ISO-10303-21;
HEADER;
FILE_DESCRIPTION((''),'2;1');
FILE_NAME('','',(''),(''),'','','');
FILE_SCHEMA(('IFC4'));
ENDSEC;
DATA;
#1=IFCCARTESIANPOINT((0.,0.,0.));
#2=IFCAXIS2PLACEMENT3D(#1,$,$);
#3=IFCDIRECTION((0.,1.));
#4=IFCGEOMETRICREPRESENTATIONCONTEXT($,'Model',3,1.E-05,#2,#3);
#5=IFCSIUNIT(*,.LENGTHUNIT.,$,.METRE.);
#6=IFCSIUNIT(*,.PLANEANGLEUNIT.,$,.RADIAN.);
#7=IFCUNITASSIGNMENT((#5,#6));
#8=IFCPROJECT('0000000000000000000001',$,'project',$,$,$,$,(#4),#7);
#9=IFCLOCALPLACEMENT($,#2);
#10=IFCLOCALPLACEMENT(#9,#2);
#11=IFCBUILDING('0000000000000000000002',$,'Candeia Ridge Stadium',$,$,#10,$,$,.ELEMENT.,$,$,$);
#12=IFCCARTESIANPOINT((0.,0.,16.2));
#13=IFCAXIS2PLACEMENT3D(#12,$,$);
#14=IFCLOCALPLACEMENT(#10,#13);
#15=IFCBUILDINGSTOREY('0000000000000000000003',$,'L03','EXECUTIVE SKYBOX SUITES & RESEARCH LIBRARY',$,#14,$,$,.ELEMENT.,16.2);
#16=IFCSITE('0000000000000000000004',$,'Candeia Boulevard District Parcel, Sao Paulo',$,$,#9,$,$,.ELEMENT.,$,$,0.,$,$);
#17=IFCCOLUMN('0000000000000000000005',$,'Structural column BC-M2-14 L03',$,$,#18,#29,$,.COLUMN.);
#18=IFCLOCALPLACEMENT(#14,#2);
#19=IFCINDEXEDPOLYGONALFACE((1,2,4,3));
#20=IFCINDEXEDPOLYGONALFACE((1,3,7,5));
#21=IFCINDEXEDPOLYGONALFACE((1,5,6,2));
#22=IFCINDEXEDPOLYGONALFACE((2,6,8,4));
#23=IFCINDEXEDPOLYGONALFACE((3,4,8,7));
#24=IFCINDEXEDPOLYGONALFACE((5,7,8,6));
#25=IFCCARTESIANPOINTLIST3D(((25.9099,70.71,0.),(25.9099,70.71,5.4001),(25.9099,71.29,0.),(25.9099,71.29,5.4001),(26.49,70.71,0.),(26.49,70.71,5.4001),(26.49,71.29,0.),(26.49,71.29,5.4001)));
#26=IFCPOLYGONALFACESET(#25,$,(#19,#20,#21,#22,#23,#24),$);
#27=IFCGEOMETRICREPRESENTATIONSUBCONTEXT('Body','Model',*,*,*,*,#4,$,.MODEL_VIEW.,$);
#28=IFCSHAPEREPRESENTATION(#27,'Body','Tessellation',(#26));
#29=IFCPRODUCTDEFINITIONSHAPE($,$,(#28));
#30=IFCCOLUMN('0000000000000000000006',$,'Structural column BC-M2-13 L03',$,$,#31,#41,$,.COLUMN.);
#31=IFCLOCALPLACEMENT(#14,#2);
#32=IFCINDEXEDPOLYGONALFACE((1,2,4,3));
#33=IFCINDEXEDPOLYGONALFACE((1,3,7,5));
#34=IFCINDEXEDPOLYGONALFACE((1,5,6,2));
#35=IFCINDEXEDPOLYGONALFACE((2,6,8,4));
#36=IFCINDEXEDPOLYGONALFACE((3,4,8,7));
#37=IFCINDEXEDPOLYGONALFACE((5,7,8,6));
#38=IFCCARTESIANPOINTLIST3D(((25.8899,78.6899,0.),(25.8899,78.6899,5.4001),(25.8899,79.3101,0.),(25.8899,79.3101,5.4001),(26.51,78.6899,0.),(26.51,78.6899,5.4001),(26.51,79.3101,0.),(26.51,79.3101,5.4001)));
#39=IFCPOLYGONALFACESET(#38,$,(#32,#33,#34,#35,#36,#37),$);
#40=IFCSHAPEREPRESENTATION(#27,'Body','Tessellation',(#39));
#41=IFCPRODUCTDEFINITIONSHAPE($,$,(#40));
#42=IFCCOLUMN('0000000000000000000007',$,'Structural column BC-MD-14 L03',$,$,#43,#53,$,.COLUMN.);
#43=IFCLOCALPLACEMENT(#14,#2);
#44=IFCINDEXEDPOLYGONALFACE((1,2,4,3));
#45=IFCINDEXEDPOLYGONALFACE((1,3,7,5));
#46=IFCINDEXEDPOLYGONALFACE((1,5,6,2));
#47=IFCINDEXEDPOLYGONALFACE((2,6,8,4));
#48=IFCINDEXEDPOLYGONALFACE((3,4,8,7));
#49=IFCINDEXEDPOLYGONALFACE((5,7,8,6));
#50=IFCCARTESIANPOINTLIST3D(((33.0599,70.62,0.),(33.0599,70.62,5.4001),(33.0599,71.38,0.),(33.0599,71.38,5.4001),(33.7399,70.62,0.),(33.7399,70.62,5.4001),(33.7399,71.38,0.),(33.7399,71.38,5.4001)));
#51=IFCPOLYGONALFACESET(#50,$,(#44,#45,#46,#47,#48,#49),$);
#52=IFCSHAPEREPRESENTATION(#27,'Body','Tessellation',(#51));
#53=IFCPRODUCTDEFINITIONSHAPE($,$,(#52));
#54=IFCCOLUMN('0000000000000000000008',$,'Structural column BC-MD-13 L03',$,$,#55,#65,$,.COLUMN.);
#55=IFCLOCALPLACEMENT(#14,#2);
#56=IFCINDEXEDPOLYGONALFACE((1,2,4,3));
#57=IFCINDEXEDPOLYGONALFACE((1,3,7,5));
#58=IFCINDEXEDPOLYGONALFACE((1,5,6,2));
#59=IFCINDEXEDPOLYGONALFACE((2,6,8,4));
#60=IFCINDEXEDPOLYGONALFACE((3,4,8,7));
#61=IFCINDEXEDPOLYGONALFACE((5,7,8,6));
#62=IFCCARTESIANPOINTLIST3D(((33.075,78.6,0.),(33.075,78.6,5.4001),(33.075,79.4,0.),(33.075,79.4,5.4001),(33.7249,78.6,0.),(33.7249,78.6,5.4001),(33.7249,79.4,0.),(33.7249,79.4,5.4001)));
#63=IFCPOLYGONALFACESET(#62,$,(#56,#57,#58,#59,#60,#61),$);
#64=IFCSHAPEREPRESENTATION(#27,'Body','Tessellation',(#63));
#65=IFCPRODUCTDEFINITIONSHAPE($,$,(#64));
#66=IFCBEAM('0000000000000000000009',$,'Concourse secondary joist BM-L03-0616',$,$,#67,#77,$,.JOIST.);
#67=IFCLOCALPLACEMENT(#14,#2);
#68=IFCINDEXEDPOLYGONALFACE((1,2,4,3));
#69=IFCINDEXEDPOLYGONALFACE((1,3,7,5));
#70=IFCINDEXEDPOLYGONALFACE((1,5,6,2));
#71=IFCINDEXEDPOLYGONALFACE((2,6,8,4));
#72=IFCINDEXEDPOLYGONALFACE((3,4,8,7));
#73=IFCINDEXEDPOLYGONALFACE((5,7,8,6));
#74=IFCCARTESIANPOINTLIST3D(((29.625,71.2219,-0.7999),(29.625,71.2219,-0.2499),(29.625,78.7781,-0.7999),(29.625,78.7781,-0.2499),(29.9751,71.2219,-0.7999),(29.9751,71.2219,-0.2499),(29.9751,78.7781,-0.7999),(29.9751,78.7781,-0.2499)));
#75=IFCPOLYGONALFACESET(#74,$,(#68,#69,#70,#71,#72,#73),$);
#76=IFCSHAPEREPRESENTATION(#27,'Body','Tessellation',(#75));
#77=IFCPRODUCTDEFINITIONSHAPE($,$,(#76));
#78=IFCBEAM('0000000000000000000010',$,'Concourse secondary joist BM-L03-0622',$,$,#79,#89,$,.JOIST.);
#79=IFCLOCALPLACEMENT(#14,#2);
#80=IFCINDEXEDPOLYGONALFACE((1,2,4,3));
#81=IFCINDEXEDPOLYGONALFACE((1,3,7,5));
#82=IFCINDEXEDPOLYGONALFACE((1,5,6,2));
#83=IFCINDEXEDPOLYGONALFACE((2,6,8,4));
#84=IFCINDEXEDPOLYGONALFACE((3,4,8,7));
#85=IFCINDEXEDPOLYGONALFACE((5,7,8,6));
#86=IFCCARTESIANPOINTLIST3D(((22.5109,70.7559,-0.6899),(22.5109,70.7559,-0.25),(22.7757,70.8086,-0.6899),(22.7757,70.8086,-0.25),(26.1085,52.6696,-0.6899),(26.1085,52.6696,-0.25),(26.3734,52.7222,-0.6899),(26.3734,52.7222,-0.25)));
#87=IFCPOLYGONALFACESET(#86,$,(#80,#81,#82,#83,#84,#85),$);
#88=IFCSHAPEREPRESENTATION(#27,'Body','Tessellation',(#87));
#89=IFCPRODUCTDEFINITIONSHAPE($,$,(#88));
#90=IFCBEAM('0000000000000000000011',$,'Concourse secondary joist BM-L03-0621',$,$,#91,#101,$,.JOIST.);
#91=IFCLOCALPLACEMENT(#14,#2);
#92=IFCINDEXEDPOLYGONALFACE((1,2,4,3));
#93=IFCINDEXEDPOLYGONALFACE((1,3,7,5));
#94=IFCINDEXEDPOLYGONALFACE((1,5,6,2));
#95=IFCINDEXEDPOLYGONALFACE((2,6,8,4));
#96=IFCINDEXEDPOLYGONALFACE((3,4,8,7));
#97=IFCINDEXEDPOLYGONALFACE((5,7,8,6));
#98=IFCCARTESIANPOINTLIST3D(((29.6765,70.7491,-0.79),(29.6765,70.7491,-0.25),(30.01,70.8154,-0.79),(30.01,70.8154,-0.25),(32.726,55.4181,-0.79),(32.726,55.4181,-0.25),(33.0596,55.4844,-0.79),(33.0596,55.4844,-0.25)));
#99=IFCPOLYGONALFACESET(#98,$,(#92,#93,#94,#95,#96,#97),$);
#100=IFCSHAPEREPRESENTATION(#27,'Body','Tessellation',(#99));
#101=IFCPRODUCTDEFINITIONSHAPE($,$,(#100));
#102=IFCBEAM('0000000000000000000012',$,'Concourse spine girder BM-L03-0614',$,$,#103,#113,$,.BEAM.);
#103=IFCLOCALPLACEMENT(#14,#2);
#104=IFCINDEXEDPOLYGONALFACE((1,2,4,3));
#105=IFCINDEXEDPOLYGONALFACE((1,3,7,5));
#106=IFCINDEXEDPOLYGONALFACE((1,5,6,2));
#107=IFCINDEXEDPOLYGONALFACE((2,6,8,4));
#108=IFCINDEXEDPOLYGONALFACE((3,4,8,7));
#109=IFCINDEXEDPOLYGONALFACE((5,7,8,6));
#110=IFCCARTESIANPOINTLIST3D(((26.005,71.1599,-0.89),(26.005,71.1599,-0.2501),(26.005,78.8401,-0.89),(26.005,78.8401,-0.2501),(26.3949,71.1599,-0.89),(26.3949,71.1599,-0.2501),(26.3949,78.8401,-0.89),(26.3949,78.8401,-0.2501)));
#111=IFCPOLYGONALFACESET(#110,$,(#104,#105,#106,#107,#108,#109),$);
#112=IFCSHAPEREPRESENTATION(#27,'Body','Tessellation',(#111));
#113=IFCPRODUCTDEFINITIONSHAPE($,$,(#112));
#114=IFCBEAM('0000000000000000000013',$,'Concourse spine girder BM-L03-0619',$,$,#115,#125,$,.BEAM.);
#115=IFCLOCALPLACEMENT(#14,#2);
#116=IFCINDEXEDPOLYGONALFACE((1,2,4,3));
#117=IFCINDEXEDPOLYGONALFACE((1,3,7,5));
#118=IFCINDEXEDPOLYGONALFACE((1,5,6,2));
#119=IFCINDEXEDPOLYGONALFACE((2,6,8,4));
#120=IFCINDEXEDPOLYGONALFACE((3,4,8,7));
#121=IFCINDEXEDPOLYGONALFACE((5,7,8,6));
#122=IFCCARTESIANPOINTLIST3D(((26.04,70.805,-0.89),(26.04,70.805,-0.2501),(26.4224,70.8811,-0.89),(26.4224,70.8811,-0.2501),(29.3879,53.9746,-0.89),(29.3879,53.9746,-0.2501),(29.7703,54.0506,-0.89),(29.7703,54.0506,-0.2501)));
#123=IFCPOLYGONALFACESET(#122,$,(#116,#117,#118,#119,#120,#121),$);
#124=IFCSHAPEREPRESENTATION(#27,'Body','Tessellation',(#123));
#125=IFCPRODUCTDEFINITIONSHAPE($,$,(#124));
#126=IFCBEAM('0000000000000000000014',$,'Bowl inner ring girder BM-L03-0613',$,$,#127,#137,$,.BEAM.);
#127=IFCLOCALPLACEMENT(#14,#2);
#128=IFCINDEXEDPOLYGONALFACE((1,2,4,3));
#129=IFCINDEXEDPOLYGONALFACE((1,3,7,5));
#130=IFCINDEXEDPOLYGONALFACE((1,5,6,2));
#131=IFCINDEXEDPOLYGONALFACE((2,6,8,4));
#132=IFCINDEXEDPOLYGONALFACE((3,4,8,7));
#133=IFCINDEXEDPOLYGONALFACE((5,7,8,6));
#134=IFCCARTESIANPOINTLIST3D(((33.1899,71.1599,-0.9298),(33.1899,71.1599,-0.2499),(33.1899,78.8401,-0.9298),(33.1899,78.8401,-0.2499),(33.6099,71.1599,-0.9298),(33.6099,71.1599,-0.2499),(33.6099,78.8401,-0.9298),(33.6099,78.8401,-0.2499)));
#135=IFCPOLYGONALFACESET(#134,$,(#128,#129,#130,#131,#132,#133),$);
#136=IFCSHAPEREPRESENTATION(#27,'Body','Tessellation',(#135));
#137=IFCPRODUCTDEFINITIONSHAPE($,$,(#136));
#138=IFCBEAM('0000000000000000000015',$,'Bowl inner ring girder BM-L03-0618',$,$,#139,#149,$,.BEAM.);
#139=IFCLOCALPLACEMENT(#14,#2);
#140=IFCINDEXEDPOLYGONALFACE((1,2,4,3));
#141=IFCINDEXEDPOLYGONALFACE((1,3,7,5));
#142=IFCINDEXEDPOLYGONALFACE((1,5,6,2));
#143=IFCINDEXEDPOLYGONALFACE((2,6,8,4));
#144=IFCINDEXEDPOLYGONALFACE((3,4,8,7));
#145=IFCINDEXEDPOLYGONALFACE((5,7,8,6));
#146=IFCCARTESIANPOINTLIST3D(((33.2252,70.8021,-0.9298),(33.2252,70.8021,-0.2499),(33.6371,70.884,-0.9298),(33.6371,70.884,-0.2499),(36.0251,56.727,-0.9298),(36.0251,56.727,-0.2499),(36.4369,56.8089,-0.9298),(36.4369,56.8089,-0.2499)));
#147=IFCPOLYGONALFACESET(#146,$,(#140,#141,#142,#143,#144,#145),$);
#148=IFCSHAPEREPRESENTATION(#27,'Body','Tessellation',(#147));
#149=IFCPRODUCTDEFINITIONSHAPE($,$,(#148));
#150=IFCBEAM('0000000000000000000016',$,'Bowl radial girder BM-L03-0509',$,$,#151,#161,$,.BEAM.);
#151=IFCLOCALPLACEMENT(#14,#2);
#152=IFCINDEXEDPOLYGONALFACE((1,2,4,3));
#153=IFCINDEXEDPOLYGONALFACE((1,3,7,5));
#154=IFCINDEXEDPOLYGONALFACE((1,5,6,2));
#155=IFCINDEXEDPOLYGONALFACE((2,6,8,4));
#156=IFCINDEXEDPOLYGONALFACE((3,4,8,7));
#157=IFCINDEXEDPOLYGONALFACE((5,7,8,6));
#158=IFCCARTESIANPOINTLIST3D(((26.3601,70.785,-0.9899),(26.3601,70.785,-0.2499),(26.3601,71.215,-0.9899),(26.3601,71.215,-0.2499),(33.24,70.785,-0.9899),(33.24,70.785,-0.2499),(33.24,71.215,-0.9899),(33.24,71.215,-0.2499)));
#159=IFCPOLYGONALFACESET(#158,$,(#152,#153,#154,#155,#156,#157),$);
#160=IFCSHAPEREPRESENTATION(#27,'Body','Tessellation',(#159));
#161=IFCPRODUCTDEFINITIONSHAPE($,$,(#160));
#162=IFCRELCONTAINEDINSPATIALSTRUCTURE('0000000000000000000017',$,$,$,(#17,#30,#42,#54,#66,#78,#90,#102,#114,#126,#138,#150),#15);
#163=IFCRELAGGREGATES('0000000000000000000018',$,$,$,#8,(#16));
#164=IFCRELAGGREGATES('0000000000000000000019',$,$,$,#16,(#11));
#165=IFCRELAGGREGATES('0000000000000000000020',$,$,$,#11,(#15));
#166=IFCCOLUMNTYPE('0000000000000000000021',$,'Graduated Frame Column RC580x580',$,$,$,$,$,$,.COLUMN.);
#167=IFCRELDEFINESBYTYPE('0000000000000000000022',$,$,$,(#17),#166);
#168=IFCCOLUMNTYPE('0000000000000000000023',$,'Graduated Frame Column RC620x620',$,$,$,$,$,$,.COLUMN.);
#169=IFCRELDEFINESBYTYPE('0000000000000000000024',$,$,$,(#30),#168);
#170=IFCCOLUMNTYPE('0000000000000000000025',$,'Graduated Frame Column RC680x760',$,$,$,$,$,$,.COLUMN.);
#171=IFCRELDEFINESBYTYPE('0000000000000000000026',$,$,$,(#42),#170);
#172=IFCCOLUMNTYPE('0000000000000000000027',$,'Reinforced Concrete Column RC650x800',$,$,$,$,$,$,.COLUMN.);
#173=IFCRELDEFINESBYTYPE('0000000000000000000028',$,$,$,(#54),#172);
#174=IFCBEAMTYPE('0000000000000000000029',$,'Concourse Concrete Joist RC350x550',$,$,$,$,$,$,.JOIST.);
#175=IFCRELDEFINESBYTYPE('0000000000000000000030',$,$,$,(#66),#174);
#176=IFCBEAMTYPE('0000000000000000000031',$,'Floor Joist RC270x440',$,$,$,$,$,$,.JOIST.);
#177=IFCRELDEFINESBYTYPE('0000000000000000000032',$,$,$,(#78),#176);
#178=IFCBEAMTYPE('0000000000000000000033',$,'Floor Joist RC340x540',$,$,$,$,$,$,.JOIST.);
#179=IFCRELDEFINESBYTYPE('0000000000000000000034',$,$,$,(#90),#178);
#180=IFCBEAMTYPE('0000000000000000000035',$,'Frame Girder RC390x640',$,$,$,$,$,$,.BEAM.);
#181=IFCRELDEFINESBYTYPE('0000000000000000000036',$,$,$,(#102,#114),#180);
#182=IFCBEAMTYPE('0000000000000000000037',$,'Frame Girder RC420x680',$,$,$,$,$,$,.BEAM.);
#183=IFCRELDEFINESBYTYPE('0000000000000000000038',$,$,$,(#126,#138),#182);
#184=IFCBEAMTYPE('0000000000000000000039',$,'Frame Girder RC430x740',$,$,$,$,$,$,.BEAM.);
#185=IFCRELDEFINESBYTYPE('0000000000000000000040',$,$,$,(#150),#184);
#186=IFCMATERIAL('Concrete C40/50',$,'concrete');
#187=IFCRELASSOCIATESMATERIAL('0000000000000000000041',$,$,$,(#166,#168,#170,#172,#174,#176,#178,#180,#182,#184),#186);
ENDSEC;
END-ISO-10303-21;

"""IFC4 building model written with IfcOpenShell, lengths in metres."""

from ifc_helpers import new_model, si_unit, direction, frame, origin, origin_2d, place, context, subcontext, project, spatial, rectangle, extrude, material, material_profile, profile_set, type_object, element, save


model = new_model("IFC4")

# Units and contexts
model_context = context("Model", 3, precision=1e-05, world=origin(), true_north=direction((0.0, 1.0)))
body_context = subcontext(model_context, "Body", "Model", "MODEL_VIEW")
ifc_project = project(units=[si_unit("LENGTHUNIT", "METRE"), si_unit("PLANEANGLEUNIT", "RADIAN")], contexts=[model_context])

# Site, building, storey
site_placement = place(None, origin())
site = spatial("IfcSite", under=ifc_project, at=site_placement, Name="Candeia Boulevard District Parcel, Sao Paulo", CompositionType="ELEMENT", RefElevation=0.0)
building_placement = place(site_placement, origin())
building = spatial("IfcBuilding", under=site, at=building_placement, Name="Candeia Ridge Stadium", CompositionType="ELEMENT")
storey_placement = place(building_placement, frame((0.0, 0.0, 16.2)))
storey = spatial("IfcBuildingStorey", under=building, at=storey_placement, Name="L03", Description="EXECUTIVE SKYBOX SUITES & RESEARCH LIBRARY", CompositionType="ELEMENT", Elevation=16.2)

# Columns
ifc_material_1 = material(Name="Concrete C40/50", Category="concrete")
ifc_material_profile_1 = material_profile(ifc_material_1, rectangle(XDim=0.5801, YDim=0.5801, at=origin_2d()), Name="RC580x580", Category="concrete")
ifc_profile_set_1 = profile_set([ifc_material_profile_1], Name="Concrete C40/50")
column_type_1 = type_object("IfcColumnType", Name="Graduated Frame Column RC580x580", PredefinedType="COLUMN", material=ifc_profile_set_1)
column_1_placement = place(storey_placement, frame((26.2, 71.0, 0.0), z_axis=(0.0, 0.0, 1.0), x_axis=(1.0, 0.0, 0.0)))
element("IfcColumn", 1, at=column_1_placement, inside=storey, type_object=column_type_1, Name="Structural column BC-M2-14 L03", PredefinedType="COLUMN", context=body_context, shape_type="SweptSolid", body=[
    extrude(rectangle(XDim=0.5801, YDim=0.5801, at=origin_2d()), origin(), (0.0, 0.0, 1.0), 5.4001),
])
ifc_material_profile_2 = material_profile(ifc_material_1, rectangle(XDim=0.6201, YDim=0.6201, at=origin_2d()), Name="RC620x620", Category="concrete")
ifc_profile_set_2 = profile_set([ifc_material_profile_2], Name="Concrete C40/50")
column_type_2 = type_object("IfcColumnType", Name="Graduated Frame Column RC620x620", PredefinedType="COLUMN", material=ifc_profile_set_2)
column_2_placement = place(storey_placement, frame((26.2, 79.0, 0.0), z_axis=(0.0, 0.0, 1.0), x_axis=(1.0, 0.0, 0.0)))
element("IfcColumn", 2, at=column_2_placement, inside=storey, type_object=column_type_2, Name="Structural column BC-M2-13 L03", PredefinedType="COLUMN", context=body_context, shape_type="SweptSolid", body=[
    extrude(rectangle(XDim=0.6201, YDim=0.6201, at=origin_2d()), origin(), (0.0, 0.0, 1.0), 5.4001),
])
ifc_material_profile_3 = material_profile(ifc_material_1, rectangle(XDim=0.6799, YDim=0.76, at=origin_2d()), Name="RC680x760", Category="concrete")
ifc_profile_set_3 = profile_set([ifc_material_profile_3], Name="Concrete C40/50")
column_type_3 = type_object("IfcColumnType", Name="Graduated Frame Column RC680x760", PredefinedType="COLUMN", material=ifc_profile_set_3)
column_3_placement = place(storey_placement, frame((33.3999, 71.0, 0.0), z_axis=(0.0, 0.0, 1.0), x_axis=(1.0, 0.0, 0.0)))
element("IfcColumn", 3, at=column_3_placement, inside=storey, type_object=column_type_3, Name="Structural column BC-MD-14 L03", PredefinedType="COLUMN", context=body_context, shape_type="SweptSolid", body=[
    extrude(rectangle(XDim=0.6799, YDim=0.76, at=origin_2d()), origin(), (0.0, 0.0, 1.0), 5.4001),
])
ifc_material_profile_4 = material_profile(ifc_material_1, rectangle(XDim=0.6499, YDim=0.8, at=origin_2d()), Name="RC650x800", Category="concrete")
ifc_profile_set_4 = profile_set([ifc_material_profile_4], Name="Concrete C40/50")
column_type_4 = type_object("IfcColumnType", Name="Reinforced Concrete Column RC650x800", PredefinedType="COLUMN", material=ifc_profile_set_4)
column_4_placement = place(storey_placement, frame((33.3999, 79.0, 0.0), z_axis=(0.0, 0.0, 1.0), x_axis=(1.0, 0.0, 0.0)))
element("IfcColumn", 4, at=column_4_placement, inside=storey, type_object=column_type_4, Name="Structural column BC-MD-13 L03", PredefinedType="COLUMN", context=body_context, shape_type="SweptSolid", body=[
    extrude(rectangle(XDim=0.6499, YDim=0.8, at=origin_2d()), origin(), (0.0, 0.0, 1.0), 5.4001),
])

# Beams
ifc_material_profile_5 = material_profile(ifc_material_1, rectangle(XDim=0.3501, YDim=0.55, at=origin_2d()), Name="RC350x550", Category="concrete")
ifc_profile_set_5 = profile_set([ifc_material_profile_5], Name="Concrete C40/50")
beam_type_1 = type_object("IfcBeamType", Name="Concourse Concrete Joist RC350x550", PredefinedType="JOIST", material=ifc_profile_set_5)
beam_1_placement = place(storey_placement, frame((29.8, 78.7781, -0.5249), z_axis=(0.0, -1.0, 0.0), x_axis=(1.0, 0.0, 0.0)))
element("IfcBeam", 5, at=beam_1_placement, inside=storey, type_object=beam_type_1, Name="Concourse secondary joist BM-L03-0616", PredefinedType="JOIST", context=body_context, shape_type="SweptSolid", body=[
    extrude(rectangle(XDim=0.3501, YDim=0.55, at=origin_2d()), origin(), (0.0, 0.0, 1.0), 7.5562),
])
ifc_material_profile_6 = material_profile(ifc_material_1, rectangle(XDim=0.27, YDim=0.4399, at=origin_2d()), Name="RC270x440", Category="concrete")
ifc_profile_set_6 = profile_set([ifc_material_profile_6], Name="Concrete C40/50")
beam_type_2 = type_object("IfcBeamType", Name="Floor Joist RC270x440", PredefinedType="JOIST", material=ifc_profile_set_6)
beam_2_placement = place(storey_placement, frame((22.6433, 70.7822, -0.47), z_axis=(0.195093, -0.980785, 0.0), x_axis=(0.980785, 0.195093, 0.0)))
element("IfcBeam", 6, at=beam_2_placement, inside=storey, type_object=beam_type_2, Name="Concourse secondary joist BM-L03-0622", PredefinedType="JOIST", context=body_context, shape_type="SweptSolid", body=[
    extrude(rectangle(XDim=0.27, YDim=0.4399, at=origin_2d()), origin(), (0.0, 0.0, 1.0), 18.4407),
])
ifc_material_profile_7 = material_profile(ifc_material_1, rectangle(XDim=0.3401, YDim=0.54, at=origin_2d()), Name="RC340x540", Category="concrete")
ifc_profile_set_7 = profile_set([ifc_material_profile_7], Name="Concrete C40/50")
beam_type_3 = type_object("IfcBeamType", Name="Floor Joist RC340x540", PredefinedType="JOIST", material=ifc_profile_set_7)
beam_3_placement = place(storey_placement, frame((29.8433, 70.7822, -0.52), z_axis=(0.195092, -0.980785, 0.0), x_axis=(0.980785, 0.195092, 0.0)))
element("IfcBeam", 7, at=beam_3_placement, inside=storey, type_object=beam_type_3, Name="Concourse secondary joist BM-L03-0621", PredefinedType="JOIST", context=body_context, shape_type="SweptSolid", body=[
    extrude(rectangle(XDim=0.3401, YDim=0.54, at=origin_2d()), origin(), (0.0, 0.0, 1.0), 15.6313),
])
ifc_material_profile_8 = material_profile(ifc_material_1, rectangle(XDim=0.3899, YDim=0.6399, at=origin_2d()), Name="RC390x640", Category="concrete")
ifc_profile_set_8 = profile_set([ifc_material_profile_8], Name="Concrete C40/50")
beam_type_4 = type_object("IfcBeamType", Name="Frame Girder RC390x640", PredefinedType="BEAM", material=ifc_profile_set_8)
beam_4_placement = place(storey_placement, frame((26.2, 78.8401, -0.5701), z_axis=(0.0, -1.0, 0.0), x_axis=(1.0, 0.0, 0.0)))
element("IfcBeam", 8, at=beam_4_placement, inside=storey, type_object=beam_type_4, Name="Concourse spine girder BM-L03-0614", PredefinedType="BEAM", context=body_context, shape_type="SweptSolid", body=[
    extrude(rectangle(XDim=0.3899, YDim=0.6399, at=origin_2d()), origin(), (0.0, 0.0, 1.0), 7.6802),
])
beam_5_placement = place(storey_placement, frame((26.2312, 70.843, -0.5701), z_axis=(0.195098, -0.980784, 0.0), x_axis=(0.980784, 0.195098, 0.0)))
element("IfcBeam", 9, at=beam_5_placement, inside=storey, type_object=beam_type_4, Name="Concourse spine girder BM-L03-0619", PredefinedType="BEAM", context=body_context, shape_type="SweptSolid", body=[
    extrude(rectangle(XDim=0.3899, YDim=0.6399, at=origin_2d()), origin(), (0.0, 0.0, 1.0), 17.1602),
])
ifc_material_profile_9 = material_profile(ifc_material_1, rectangle(XDim=0.4199, YDim=0.6799, at=origin_2d()), Name="RC420x680", Category="concrete")
ifc_profile_set_9 = profile_set([ifc_material_profile_9], Name="Concrete C40/50")
beam_type_5 = type_object("IfcBeamType", Name="Frame Girder RC420x680", PredefinedType="BEAM", material=ifc_profile_set_9)
beam_6_placement = place(storey_placement, frame((33.3999, 78.8401, -0.5898), z_axis=(0.0, -1.0, 0.0), x_axis=(1.0, 0.0, 0.0)))
element("IfcBeam", 10, at=beam_6_placement, inside=storey, type_object=beam_type_5, Name="Bowl inner ring girder BM-L03-0613", PredefinedType="BEAM", context=body_context, shape_type="SweptSolid", body=[
    extrude(rectangle(XDim=0.4199, YDim=0.6799, at=origin_2d()), origin(), (0.0, 0.0, 1.0), 7.6802),
])
beam_7_placement = place(storey_placement, frame((33.4312, 70.843, -0.5898), z_axis=(0.195099, -0.980784, 0.0), x_axis=(0.980784, 0.195099, 0.0)))
element("IfcBeam", 11, at=beam_7_placement, inside=storey, type_object=beam_type_5, Name="Bowl inner ring girder BM-L03-0618", PredefinedType="BEAM", context=body_context, shape_type="SweptSolid", body=[
    extrude(rectangle(XDim=0.4199, YDim=0.6799, at=origin_2d()), origin(), (0.0, 0.0, 1.0), 14.3508),
])
ifc_material_profile_10 = material_profile(ifc_material_1, rectangle(XDim=0.4299, YDim=0.74, at=origin_2d()), Name="RC430x740", Category="concrete")
ifc_profile_set_10 = profile_set([ifc_material_profile_10], Name="Concrete C40/50")
beam_type_6 = type_object("IfcBeamType", Name="Frame Girder RC430x740", PredefinedType="BEAM", material=ifc_profile_set_10)
beam_8_placement = place(storey_placement, frame((33.24, 71.0, -0.6199), z_axis=(-1.0, 0.0, 0.0), x_axis=(0.0, -1.0, 0.0)))
element("IfcBeam", 12, at=beam_8_placement, inside=storey, type_object=beam_type_6, Name="Bowl radial girder BM-L03-0509", PredefinedType="BEAM", context=body_context, shape_type="SweptSolid", body=[
    extrude(rectangle(XDim=0.4299, YDim=0.74, at=origin_2d()), origin(), (0.0, 0.0, 1.0), 6.8799),
])

save(model, "model.ifc")
